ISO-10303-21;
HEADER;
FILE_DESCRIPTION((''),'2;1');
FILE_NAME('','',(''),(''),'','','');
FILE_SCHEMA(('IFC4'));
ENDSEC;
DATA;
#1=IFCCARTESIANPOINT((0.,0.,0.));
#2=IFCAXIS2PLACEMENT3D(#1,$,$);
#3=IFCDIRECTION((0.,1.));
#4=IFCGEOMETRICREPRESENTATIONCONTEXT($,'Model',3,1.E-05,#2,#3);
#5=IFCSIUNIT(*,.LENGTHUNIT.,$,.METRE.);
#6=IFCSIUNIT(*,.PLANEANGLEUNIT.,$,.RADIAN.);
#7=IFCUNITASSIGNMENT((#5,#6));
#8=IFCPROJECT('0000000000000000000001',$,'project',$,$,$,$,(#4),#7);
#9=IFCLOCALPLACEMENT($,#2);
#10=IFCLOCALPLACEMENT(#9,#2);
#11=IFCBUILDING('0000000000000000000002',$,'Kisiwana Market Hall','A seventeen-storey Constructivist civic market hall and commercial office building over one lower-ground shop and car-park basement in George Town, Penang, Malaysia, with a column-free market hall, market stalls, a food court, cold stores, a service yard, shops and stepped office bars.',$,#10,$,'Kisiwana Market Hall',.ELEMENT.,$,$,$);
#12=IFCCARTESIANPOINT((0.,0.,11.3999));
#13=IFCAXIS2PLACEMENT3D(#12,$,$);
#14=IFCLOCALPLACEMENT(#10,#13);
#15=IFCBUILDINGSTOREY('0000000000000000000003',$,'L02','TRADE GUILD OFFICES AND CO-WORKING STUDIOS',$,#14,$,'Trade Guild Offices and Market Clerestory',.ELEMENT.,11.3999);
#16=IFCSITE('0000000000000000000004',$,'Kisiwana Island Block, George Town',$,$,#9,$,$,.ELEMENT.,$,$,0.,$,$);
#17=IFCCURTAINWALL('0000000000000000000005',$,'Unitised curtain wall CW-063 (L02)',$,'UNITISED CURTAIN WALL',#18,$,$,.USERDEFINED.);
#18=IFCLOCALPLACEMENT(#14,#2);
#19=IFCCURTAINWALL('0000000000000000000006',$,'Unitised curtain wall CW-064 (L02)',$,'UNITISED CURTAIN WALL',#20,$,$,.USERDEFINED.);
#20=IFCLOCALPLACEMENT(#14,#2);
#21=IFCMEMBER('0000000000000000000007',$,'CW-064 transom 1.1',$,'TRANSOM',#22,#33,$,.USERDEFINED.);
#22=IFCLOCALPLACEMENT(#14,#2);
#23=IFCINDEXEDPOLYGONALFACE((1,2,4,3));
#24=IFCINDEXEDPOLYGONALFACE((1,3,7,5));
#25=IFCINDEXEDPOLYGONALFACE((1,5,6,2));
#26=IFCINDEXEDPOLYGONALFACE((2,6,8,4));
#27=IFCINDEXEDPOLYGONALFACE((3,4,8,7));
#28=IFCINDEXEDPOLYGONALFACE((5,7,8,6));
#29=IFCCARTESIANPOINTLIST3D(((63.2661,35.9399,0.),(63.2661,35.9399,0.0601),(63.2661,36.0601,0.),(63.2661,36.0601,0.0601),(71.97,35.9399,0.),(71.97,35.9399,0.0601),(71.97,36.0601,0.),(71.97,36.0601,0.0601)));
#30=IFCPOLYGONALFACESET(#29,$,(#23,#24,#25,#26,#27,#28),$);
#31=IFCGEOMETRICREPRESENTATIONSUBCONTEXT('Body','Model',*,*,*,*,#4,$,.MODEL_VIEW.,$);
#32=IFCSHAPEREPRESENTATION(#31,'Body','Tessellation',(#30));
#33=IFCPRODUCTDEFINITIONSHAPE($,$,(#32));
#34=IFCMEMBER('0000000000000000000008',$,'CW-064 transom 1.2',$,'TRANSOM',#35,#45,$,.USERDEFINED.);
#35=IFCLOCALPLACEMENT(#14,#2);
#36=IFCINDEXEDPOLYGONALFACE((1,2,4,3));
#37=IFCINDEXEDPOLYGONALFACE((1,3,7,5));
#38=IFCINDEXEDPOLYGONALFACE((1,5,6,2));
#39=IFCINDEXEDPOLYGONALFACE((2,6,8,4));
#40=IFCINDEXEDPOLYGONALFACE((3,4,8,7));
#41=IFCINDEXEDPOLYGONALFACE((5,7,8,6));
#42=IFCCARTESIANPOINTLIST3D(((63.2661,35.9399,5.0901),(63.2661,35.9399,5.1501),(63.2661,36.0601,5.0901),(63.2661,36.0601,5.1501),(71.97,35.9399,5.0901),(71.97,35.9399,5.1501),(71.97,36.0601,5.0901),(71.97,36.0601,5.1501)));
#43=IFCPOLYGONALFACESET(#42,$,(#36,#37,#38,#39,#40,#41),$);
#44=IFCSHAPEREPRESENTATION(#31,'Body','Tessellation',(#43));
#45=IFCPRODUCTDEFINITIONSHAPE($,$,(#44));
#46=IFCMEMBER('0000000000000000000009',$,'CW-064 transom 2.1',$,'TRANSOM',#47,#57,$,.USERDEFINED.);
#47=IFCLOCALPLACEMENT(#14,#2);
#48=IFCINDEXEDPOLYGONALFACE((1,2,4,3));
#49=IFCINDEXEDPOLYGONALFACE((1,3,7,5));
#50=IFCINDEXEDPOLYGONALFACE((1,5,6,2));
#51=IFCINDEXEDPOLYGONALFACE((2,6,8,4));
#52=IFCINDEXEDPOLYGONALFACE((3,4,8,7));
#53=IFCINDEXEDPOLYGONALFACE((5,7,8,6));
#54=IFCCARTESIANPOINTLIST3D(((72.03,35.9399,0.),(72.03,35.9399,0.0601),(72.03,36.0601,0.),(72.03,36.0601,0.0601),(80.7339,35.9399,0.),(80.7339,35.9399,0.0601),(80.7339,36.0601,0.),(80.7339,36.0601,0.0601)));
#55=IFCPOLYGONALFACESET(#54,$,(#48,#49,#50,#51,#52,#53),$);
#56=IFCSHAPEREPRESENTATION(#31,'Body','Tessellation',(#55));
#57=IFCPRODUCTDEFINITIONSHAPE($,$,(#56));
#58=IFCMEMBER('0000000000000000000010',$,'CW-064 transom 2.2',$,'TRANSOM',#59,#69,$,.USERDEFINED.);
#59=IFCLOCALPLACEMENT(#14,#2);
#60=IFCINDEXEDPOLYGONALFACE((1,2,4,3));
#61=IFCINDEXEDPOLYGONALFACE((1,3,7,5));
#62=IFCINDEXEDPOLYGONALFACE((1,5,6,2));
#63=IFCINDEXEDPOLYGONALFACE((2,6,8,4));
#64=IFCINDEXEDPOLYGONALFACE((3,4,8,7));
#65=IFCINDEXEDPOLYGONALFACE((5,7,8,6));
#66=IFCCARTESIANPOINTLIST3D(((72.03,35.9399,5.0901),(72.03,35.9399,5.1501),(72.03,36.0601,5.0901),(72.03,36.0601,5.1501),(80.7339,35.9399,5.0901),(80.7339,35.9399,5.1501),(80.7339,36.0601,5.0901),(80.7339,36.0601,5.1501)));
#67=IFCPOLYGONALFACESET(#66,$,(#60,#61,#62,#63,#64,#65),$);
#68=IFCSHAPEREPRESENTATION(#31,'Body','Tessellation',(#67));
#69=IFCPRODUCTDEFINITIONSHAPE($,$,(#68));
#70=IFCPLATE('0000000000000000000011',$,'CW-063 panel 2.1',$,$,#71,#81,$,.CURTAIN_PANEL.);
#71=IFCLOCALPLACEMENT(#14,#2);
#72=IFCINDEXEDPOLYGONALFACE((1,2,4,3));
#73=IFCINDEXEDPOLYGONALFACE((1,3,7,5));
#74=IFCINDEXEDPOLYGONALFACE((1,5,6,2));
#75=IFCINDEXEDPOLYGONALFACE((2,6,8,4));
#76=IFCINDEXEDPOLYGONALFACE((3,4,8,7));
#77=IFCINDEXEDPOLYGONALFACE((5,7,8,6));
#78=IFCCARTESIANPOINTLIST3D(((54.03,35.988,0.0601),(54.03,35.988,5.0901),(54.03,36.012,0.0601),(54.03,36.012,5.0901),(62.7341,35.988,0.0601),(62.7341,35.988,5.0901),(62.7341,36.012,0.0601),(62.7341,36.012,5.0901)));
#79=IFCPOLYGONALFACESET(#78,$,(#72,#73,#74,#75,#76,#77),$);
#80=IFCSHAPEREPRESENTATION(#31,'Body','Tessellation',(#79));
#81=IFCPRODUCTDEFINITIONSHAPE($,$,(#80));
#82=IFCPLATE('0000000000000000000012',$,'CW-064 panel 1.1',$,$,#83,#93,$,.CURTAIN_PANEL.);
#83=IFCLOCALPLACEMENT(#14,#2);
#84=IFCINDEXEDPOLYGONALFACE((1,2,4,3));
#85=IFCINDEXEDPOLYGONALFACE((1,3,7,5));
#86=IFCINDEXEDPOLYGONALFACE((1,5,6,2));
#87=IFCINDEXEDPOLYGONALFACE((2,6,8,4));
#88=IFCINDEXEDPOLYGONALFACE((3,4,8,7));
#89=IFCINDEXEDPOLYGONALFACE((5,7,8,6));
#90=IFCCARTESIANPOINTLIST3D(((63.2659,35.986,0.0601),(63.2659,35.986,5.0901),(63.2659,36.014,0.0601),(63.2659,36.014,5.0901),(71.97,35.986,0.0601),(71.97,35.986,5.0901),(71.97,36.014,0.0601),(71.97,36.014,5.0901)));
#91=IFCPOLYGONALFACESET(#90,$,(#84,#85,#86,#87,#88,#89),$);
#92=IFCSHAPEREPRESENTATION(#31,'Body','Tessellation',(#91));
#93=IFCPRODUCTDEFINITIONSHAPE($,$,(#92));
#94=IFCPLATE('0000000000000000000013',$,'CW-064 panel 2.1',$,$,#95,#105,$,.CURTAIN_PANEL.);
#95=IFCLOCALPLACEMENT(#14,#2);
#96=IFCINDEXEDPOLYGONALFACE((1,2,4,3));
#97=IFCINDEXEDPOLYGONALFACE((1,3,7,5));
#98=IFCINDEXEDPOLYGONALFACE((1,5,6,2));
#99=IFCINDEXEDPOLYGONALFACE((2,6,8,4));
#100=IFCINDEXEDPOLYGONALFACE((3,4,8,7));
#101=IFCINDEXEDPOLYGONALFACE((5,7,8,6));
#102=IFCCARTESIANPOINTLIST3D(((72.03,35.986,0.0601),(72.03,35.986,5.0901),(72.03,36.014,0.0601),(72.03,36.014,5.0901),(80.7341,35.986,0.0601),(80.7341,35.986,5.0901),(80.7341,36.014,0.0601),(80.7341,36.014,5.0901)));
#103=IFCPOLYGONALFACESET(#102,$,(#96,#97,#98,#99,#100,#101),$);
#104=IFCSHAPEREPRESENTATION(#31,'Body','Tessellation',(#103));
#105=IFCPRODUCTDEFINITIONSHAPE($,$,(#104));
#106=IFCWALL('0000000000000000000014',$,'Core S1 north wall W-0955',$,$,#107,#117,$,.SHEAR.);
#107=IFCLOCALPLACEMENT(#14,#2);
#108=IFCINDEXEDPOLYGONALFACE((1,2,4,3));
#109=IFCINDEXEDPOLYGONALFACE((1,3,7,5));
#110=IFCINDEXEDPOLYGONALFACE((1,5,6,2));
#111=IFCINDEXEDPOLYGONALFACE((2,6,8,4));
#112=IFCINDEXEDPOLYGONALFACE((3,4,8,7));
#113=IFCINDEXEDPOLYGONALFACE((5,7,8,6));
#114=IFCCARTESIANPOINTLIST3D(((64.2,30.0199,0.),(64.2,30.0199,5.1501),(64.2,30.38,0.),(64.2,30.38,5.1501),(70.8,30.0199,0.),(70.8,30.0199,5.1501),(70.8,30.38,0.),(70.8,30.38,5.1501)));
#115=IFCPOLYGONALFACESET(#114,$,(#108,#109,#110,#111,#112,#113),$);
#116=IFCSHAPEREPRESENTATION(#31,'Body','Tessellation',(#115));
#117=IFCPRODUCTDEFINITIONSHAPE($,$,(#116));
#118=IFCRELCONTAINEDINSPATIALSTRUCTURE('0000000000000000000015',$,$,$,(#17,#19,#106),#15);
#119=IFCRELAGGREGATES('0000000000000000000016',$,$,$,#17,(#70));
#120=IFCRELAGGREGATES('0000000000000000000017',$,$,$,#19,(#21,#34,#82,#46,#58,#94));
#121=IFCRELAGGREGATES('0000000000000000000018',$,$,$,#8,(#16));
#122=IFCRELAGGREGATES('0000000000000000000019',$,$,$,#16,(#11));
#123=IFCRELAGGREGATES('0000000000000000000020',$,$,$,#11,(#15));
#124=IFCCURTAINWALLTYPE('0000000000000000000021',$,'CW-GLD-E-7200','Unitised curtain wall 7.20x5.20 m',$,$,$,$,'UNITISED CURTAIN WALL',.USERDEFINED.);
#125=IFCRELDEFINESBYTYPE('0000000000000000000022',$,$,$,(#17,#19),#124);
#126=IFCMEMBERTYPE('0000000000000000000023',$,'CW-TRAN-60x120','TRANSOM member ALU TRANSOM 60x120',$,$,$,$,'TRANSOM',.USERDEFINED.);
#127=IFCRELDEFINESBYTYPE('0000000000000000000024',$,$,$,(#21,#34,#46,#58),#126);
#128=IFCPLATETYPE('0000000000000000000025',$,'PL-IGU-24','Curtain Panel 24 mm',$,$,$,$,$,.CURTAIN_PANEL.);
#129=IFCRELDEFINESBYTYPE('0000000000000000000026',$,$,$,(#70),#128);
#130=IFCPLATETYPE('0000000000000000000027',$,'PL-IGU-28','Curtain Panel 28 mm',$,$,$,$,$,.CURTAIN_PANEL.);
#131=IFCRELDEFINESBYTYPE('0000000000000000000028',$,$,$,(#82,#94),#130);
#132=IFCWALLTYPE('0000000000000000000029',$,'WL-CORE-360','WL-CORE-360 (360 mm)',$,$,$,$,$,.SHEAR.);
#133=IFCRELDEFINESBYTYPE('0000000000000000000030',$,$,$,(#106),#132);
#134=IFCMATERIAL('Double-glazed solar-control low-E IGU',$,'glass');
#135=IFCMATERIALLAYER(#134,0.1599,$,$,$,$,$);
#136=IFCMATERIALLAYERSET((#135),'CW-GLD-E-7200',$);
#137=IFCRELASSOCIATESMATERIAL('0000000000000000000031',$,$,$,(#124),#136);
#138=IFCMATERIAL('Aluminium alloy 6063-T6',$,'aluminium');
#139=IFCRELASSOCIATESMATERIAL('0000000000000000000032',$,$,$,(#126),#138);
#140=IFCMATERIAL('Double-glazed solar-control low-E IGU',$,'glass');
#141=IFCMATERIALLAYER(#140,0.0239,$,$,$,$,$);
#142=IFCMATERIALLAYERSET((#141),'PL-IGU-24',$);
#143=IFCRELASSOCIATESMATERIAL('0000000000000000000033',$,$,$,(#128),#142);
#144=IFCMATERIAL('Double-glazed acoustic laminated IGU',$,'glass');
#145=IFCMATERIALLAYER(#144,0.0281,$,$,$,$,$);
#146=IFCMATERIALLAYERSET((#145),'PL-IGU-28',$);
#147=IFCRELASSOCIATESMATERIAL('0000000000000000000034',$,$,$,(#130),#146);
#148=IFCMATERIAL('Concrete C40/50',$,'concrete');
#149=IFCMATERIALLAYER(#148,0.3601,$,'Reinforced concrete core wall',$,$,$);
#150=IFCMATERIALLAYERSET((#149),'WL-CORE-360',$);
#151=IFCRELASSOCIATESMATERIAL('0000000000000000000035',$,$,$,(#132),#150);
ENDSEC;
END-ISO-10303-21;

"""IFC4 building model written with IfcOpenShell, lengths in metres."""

from ifc_helpers import new_model, si_unit, direction, frame, frame_2d, origin, origin_2d, place, context, subcontext, project, spatial, rectangle, extrude, material, layer, layer_set, material_profile, profile_set, type_object, element, aggregate, save


model = new_model("IFC4")

# Units and contexts
model_context = context("Model", 3, precision=1e-05, world=origin(), true_north=direction((0.0, 1.0)))
body_context = subcontext(model_context, "Body", "Model", "MODEL_VIEW")
ifc_project = project(units=[si_unit("LENGTHUNIT", "METRE"), si_unit("PLANEANGLEUNIT", "RADIAN")], contexts=[model_context])

# Site, building, storey
site_placement = place(None, origin())
site = spatial("IfcSite", under=ifc_project, at=site_placement, Name="Kisiwana Island Block, George Town", CompositionType="ELEMENT", RefElevation=0.0)
building_placement = place(site_placement, origin())
building = spatial("IfcBuilding", under=site, at=building_placement, Name="Kisiwana Market Hall", Description="A seventeen-storey Constructivist civic market hall and commercial office building over one lower-ground shop and car-park basement in George Town, Penang, Malaysia, with a column-free market hall, market stalls, a food court, cold stores, a service yard, shops and stepped office bars.", LongName="Kisiwana Market Hall", CompositionType="ELEMENT")
storey_placement = place(building_placement, frame((0.0, 0.0, 11.3999)))
storey = spatial("IfcBuildingStorey", under=building, at=storey_placement, Name="L02", Description="TRADE GUILD OFFICES AND CO-WORKING STUDIOS", LongName="Trade Guild Offices and Market Clerestory", CompositionType="ELEMENT", Elevation=11.3999)

# Curtain wall
ifc_material_1 = material(Name="Double-glazed solar-control low-E IGU", Category="glass")
ifc_layer_1 = layer(ifc_material_1, 0.1599)
ifc_layer_set_1 = layer_set([ifc_layer_1], Name="CW-GLD-E-7200")
curtain_wall_type = type_object("IfcCurtainWallType", Name="CW-GLD-E-7200", Description="Unitised curtain wall 7.20x5.20 m", ElementType="UNITISED CURTAIN WALL", PredefinedType="USERDEFINED", material=ifc_layer_set_1)
curtain_wall_1_placement = place(storey_placement, origin())
curtain_wall_1 = element("IfcCurtainWall", 1, at=curtain_wall_1_placement, inside=storey, type_object=curtain_wall_type, Name="Unitised curtain wall CW-063 (L02)", ObjectType="UNITISED CURTAIN WALL", PredefinedType="USERDEFINED")

# Curtain wall, members
curtain_wall_2_placement = place(storey_placement, origin())
curtain_wall_2 = element("IfcCurtainWall", 2, at=curtain_wall_2_placement, inside=storey, type_object=curtain_wall_type, Name="Unitised curtain wall CW-064 (L02)", ObjectType="UNITISED CURTAIN WALL", PredefinedType="USERDEFINED")
ifc_material_2 = material(Name="Aluminium alloy 6063-T6", Category="aluminium")
ifc_material_profile_1 = material_profile(ifc_material_2, rectangle(XDim=0.1201, YDim=0.0601, at=origin_2d()), Name="ALU TRANSOM 60x120")
ifc_profile_set_1 = profile_set([ifc_material_profile_1], Name="Aluminium alloy 6063-T6")
member_type_1 = type_object("IfcMemberType", Name="CW-TRAN-60x120", Description="TRANSOM member ALU TRANSOM 60x120", ElementType="TRANSOM", PredefinedType="USERDEFINED", material=ifc_profile_set_1)
member_1_placement = place(storey_placement, frame((63.2661, 36.0, 0.03), z_axis=(1.0, 0.0, 0.0), x_axis=(0.0, 1.0, 0.0)))
member_1 = element("IfcMember", 3, at=member_1_placement, type_object=member_type_1, Name="CW-064 transom 1.1", ObjectType="TRANSOM", PredefinedType="USERDEFINED", context=body_context, shape_type="SweptSolid", body=[
    extrude(rectangle(XDim=0.1201, YDim=0.0601, at=origin_2d()), origin(), (0.0, 0.0, 1.0), 8.7039),
])
member_2_placement = place(storey_placement, frame((63.2661, 36.0, 5.1201), z_axis=(1.0, 0.0, 0.0), x_axis=(0.0, 1.0, 0.0)))
member_2 = element("IfcMember", 4, at=member_2_placement, type_object=member_type_1, Name="CW-064 transom 1.2", ObjectType="TRANSOM", PredefinedType="USERDEFINED", context=body_context, shape_type="SweptSolid", body=[
    extrude(rectangle(XDim=0.1201, YDim=0.0601, at=origin_2d()), origin(), (0.0, 0.0, 1.0), 8.7039),
])
member_3_placement = place(storey_placement, frame((72.03, 36.0, 0.03), z_axis=(1.0, 0.0, 0.0), x_axis=(0.0, 1.0, 0.0)))
member_3 = element("IfcMember", 5, at=member_3_placement, type_object=member_type_1, Name="CW-064 transom 2.1", ObjectType="TRANSOM", PredefinedType="USERDEFINED", context=body_context, shape_type="SweptSolid", body=[
    extrude(rectangle(XDim=0.1201, YDim=0.0601, at=origin_2d()), origin(), (0.0, 0.0, 1.0), 8.7039),
])
member_4_placement = place(storey_placement, frame((72.03, 36.0, 5.1201), z_axis=(1.0, 0.0, 0.0), x_axis=(0.0, 1.0, 0.0)))
member_4 = element("IfcMember", 6, at=member_4_placement, type_object=member_type_1, Name="CW-064 transom 2.2", ObjectType="TRANSOM", PredefinedType="USERDEFINED", context=body_context, shape_type="SweptSolid", body=[
    extrude(rectangle(XDim=0.1201, YDim=0.0601, at=origin_2d()), origin(), (0.0, 0.0, 1.0), 8.7039),
])

# Plates
ifc_material_3 = material(Name="Double-glazed solar-control low-E IGU", Category="glass")
ifc_layer_2 = layer(ifc_material_3, 0.0239)
ifc_layer_set_2 = layer_set([ifc_layer_2], Name="PL-IGU-24")
plate_type_1 = type_object("IfcPlateType", Name="PL-IGU-24", Description="Curtain Panel 24 mm", PredefinedType="CURTAIN_PANEL", material=ifc_layer_set_2)
plate_1_placement = place(storey_placement, frame((58.3821, 36.0, 0.0601), z_axis=(0.0, 0.0, 1.0), x_axis=(1.0, 0.0, 0.0)))
plate_1 = element("IfcPlate", 7, at=plate_1_placement, type_object=plate_type_1, Name="CW-063 panel 2.1", PredefinedType="CURTAIN_PANEL", context=body_context, shape_type="SweptSolid", body=[
    extrude(rectangle(XDim=8.7041, YDim=0.0239, at=origin_2d()), origin(), (0.0, 0.0, 1.0), 5.03),
])
aggregate(curtain_wall_1, [plate_1])
ifc_material_4 = material(Name="Double-glazed acoustic laminated IGU", Category="glass")
ifc_layer_3 = layer(ifc_material_4, 0.0281)
ifc_layer_set_3 = layer_set([ifc_layer_3], Name="PL-IGU-28")
plate_type_2 = type_object("IfcPlateType", Name="PL-IGU-28", Description="Curtain Panel 28 mm", PredefinedType="CURTAIN_PANEL", material=ifc_layer_set_3)
plate_2_placement = place(storey_placement, frame((67.6179, 36.0, 0.0601), z_axis=(0.0, 0.0, 1.0), x_axis=(1.0, 0.0, 0.0)))
plate_2 = element("IfcPlate", 8, at=plate_2_placement, type_object=plate_type_2, Name="CW-064 panel 1.1", PredefinedType="CURTAIN_PANEL", context=body_context, shape_type="SweptSolid", body=[
    extrude(rectangle(XDim=8.7041, YDim=0.0281, at=origin_2d()), origin(), (0.0, 0.0, 1.0), 5.03),
])
plate_3_placement = place(storey_placement, frame((76.3821, 36.0, 0.0601), z_axis=(0.0, 0.0, 1.0), x_axis=(1.0, 0.0, 0.0)))
plate_3 = element("IfcPlate", 9, at=plate_3_placement, type_object=plate_type_2, Name="CW-064 panel 2.1", PredefinedType="CURTAIN_PANEL", context=body_context, shape_type="SweptSolid", body=[
    extrude(rectangle(XDim=8.7041, YDim=0.0281, at=origin_2d()), origin(), (0.0, 0.0, 1.0), 5.03),
])
aggregate(curtain_wall_2, [member_1, member_2, plate_2, member_3, member_4, plate_3])

# Wall
ifc_material_5 = material(Name="Concrete C40/50", Category="concrete")
ifc_layer_4 = layer(ifc_material_5, 0.3601, Name="Reinforced concrete core wall")
ifc_layer_set_4 = layer_set([ifc_layer_4], Name="WL-CORE-360")
wall_type = type_object("IfcWallType", Name="WL-CORE-360", Description="WL-CORE-360 (360 mm)", PredefinedType="SHEAR", material=ifc_layer_set_4)
wall_placement = place(storey_placement, frame((64.2, 30.2, 0.0), z_axis=(0.0, 0.0, 1.0), x_axis=(1.0, 0.0, 0.0)))
element("IfcWall", 10, at=wall_placement, inside=storey, type_object=wall_type, Name="Core S1 north wall W-0955", PredefinedType="SHEAR", context=body_context, shape_type="SweptSolid", body=[
    extrude(rectangle(XDim=6.6001, YDim=0.3601, at=frame_2d((3.3, 0.0))), origin(), (0.0, 0.0, 1.0), 5.1501),
])

save(model, "model.ifc")
